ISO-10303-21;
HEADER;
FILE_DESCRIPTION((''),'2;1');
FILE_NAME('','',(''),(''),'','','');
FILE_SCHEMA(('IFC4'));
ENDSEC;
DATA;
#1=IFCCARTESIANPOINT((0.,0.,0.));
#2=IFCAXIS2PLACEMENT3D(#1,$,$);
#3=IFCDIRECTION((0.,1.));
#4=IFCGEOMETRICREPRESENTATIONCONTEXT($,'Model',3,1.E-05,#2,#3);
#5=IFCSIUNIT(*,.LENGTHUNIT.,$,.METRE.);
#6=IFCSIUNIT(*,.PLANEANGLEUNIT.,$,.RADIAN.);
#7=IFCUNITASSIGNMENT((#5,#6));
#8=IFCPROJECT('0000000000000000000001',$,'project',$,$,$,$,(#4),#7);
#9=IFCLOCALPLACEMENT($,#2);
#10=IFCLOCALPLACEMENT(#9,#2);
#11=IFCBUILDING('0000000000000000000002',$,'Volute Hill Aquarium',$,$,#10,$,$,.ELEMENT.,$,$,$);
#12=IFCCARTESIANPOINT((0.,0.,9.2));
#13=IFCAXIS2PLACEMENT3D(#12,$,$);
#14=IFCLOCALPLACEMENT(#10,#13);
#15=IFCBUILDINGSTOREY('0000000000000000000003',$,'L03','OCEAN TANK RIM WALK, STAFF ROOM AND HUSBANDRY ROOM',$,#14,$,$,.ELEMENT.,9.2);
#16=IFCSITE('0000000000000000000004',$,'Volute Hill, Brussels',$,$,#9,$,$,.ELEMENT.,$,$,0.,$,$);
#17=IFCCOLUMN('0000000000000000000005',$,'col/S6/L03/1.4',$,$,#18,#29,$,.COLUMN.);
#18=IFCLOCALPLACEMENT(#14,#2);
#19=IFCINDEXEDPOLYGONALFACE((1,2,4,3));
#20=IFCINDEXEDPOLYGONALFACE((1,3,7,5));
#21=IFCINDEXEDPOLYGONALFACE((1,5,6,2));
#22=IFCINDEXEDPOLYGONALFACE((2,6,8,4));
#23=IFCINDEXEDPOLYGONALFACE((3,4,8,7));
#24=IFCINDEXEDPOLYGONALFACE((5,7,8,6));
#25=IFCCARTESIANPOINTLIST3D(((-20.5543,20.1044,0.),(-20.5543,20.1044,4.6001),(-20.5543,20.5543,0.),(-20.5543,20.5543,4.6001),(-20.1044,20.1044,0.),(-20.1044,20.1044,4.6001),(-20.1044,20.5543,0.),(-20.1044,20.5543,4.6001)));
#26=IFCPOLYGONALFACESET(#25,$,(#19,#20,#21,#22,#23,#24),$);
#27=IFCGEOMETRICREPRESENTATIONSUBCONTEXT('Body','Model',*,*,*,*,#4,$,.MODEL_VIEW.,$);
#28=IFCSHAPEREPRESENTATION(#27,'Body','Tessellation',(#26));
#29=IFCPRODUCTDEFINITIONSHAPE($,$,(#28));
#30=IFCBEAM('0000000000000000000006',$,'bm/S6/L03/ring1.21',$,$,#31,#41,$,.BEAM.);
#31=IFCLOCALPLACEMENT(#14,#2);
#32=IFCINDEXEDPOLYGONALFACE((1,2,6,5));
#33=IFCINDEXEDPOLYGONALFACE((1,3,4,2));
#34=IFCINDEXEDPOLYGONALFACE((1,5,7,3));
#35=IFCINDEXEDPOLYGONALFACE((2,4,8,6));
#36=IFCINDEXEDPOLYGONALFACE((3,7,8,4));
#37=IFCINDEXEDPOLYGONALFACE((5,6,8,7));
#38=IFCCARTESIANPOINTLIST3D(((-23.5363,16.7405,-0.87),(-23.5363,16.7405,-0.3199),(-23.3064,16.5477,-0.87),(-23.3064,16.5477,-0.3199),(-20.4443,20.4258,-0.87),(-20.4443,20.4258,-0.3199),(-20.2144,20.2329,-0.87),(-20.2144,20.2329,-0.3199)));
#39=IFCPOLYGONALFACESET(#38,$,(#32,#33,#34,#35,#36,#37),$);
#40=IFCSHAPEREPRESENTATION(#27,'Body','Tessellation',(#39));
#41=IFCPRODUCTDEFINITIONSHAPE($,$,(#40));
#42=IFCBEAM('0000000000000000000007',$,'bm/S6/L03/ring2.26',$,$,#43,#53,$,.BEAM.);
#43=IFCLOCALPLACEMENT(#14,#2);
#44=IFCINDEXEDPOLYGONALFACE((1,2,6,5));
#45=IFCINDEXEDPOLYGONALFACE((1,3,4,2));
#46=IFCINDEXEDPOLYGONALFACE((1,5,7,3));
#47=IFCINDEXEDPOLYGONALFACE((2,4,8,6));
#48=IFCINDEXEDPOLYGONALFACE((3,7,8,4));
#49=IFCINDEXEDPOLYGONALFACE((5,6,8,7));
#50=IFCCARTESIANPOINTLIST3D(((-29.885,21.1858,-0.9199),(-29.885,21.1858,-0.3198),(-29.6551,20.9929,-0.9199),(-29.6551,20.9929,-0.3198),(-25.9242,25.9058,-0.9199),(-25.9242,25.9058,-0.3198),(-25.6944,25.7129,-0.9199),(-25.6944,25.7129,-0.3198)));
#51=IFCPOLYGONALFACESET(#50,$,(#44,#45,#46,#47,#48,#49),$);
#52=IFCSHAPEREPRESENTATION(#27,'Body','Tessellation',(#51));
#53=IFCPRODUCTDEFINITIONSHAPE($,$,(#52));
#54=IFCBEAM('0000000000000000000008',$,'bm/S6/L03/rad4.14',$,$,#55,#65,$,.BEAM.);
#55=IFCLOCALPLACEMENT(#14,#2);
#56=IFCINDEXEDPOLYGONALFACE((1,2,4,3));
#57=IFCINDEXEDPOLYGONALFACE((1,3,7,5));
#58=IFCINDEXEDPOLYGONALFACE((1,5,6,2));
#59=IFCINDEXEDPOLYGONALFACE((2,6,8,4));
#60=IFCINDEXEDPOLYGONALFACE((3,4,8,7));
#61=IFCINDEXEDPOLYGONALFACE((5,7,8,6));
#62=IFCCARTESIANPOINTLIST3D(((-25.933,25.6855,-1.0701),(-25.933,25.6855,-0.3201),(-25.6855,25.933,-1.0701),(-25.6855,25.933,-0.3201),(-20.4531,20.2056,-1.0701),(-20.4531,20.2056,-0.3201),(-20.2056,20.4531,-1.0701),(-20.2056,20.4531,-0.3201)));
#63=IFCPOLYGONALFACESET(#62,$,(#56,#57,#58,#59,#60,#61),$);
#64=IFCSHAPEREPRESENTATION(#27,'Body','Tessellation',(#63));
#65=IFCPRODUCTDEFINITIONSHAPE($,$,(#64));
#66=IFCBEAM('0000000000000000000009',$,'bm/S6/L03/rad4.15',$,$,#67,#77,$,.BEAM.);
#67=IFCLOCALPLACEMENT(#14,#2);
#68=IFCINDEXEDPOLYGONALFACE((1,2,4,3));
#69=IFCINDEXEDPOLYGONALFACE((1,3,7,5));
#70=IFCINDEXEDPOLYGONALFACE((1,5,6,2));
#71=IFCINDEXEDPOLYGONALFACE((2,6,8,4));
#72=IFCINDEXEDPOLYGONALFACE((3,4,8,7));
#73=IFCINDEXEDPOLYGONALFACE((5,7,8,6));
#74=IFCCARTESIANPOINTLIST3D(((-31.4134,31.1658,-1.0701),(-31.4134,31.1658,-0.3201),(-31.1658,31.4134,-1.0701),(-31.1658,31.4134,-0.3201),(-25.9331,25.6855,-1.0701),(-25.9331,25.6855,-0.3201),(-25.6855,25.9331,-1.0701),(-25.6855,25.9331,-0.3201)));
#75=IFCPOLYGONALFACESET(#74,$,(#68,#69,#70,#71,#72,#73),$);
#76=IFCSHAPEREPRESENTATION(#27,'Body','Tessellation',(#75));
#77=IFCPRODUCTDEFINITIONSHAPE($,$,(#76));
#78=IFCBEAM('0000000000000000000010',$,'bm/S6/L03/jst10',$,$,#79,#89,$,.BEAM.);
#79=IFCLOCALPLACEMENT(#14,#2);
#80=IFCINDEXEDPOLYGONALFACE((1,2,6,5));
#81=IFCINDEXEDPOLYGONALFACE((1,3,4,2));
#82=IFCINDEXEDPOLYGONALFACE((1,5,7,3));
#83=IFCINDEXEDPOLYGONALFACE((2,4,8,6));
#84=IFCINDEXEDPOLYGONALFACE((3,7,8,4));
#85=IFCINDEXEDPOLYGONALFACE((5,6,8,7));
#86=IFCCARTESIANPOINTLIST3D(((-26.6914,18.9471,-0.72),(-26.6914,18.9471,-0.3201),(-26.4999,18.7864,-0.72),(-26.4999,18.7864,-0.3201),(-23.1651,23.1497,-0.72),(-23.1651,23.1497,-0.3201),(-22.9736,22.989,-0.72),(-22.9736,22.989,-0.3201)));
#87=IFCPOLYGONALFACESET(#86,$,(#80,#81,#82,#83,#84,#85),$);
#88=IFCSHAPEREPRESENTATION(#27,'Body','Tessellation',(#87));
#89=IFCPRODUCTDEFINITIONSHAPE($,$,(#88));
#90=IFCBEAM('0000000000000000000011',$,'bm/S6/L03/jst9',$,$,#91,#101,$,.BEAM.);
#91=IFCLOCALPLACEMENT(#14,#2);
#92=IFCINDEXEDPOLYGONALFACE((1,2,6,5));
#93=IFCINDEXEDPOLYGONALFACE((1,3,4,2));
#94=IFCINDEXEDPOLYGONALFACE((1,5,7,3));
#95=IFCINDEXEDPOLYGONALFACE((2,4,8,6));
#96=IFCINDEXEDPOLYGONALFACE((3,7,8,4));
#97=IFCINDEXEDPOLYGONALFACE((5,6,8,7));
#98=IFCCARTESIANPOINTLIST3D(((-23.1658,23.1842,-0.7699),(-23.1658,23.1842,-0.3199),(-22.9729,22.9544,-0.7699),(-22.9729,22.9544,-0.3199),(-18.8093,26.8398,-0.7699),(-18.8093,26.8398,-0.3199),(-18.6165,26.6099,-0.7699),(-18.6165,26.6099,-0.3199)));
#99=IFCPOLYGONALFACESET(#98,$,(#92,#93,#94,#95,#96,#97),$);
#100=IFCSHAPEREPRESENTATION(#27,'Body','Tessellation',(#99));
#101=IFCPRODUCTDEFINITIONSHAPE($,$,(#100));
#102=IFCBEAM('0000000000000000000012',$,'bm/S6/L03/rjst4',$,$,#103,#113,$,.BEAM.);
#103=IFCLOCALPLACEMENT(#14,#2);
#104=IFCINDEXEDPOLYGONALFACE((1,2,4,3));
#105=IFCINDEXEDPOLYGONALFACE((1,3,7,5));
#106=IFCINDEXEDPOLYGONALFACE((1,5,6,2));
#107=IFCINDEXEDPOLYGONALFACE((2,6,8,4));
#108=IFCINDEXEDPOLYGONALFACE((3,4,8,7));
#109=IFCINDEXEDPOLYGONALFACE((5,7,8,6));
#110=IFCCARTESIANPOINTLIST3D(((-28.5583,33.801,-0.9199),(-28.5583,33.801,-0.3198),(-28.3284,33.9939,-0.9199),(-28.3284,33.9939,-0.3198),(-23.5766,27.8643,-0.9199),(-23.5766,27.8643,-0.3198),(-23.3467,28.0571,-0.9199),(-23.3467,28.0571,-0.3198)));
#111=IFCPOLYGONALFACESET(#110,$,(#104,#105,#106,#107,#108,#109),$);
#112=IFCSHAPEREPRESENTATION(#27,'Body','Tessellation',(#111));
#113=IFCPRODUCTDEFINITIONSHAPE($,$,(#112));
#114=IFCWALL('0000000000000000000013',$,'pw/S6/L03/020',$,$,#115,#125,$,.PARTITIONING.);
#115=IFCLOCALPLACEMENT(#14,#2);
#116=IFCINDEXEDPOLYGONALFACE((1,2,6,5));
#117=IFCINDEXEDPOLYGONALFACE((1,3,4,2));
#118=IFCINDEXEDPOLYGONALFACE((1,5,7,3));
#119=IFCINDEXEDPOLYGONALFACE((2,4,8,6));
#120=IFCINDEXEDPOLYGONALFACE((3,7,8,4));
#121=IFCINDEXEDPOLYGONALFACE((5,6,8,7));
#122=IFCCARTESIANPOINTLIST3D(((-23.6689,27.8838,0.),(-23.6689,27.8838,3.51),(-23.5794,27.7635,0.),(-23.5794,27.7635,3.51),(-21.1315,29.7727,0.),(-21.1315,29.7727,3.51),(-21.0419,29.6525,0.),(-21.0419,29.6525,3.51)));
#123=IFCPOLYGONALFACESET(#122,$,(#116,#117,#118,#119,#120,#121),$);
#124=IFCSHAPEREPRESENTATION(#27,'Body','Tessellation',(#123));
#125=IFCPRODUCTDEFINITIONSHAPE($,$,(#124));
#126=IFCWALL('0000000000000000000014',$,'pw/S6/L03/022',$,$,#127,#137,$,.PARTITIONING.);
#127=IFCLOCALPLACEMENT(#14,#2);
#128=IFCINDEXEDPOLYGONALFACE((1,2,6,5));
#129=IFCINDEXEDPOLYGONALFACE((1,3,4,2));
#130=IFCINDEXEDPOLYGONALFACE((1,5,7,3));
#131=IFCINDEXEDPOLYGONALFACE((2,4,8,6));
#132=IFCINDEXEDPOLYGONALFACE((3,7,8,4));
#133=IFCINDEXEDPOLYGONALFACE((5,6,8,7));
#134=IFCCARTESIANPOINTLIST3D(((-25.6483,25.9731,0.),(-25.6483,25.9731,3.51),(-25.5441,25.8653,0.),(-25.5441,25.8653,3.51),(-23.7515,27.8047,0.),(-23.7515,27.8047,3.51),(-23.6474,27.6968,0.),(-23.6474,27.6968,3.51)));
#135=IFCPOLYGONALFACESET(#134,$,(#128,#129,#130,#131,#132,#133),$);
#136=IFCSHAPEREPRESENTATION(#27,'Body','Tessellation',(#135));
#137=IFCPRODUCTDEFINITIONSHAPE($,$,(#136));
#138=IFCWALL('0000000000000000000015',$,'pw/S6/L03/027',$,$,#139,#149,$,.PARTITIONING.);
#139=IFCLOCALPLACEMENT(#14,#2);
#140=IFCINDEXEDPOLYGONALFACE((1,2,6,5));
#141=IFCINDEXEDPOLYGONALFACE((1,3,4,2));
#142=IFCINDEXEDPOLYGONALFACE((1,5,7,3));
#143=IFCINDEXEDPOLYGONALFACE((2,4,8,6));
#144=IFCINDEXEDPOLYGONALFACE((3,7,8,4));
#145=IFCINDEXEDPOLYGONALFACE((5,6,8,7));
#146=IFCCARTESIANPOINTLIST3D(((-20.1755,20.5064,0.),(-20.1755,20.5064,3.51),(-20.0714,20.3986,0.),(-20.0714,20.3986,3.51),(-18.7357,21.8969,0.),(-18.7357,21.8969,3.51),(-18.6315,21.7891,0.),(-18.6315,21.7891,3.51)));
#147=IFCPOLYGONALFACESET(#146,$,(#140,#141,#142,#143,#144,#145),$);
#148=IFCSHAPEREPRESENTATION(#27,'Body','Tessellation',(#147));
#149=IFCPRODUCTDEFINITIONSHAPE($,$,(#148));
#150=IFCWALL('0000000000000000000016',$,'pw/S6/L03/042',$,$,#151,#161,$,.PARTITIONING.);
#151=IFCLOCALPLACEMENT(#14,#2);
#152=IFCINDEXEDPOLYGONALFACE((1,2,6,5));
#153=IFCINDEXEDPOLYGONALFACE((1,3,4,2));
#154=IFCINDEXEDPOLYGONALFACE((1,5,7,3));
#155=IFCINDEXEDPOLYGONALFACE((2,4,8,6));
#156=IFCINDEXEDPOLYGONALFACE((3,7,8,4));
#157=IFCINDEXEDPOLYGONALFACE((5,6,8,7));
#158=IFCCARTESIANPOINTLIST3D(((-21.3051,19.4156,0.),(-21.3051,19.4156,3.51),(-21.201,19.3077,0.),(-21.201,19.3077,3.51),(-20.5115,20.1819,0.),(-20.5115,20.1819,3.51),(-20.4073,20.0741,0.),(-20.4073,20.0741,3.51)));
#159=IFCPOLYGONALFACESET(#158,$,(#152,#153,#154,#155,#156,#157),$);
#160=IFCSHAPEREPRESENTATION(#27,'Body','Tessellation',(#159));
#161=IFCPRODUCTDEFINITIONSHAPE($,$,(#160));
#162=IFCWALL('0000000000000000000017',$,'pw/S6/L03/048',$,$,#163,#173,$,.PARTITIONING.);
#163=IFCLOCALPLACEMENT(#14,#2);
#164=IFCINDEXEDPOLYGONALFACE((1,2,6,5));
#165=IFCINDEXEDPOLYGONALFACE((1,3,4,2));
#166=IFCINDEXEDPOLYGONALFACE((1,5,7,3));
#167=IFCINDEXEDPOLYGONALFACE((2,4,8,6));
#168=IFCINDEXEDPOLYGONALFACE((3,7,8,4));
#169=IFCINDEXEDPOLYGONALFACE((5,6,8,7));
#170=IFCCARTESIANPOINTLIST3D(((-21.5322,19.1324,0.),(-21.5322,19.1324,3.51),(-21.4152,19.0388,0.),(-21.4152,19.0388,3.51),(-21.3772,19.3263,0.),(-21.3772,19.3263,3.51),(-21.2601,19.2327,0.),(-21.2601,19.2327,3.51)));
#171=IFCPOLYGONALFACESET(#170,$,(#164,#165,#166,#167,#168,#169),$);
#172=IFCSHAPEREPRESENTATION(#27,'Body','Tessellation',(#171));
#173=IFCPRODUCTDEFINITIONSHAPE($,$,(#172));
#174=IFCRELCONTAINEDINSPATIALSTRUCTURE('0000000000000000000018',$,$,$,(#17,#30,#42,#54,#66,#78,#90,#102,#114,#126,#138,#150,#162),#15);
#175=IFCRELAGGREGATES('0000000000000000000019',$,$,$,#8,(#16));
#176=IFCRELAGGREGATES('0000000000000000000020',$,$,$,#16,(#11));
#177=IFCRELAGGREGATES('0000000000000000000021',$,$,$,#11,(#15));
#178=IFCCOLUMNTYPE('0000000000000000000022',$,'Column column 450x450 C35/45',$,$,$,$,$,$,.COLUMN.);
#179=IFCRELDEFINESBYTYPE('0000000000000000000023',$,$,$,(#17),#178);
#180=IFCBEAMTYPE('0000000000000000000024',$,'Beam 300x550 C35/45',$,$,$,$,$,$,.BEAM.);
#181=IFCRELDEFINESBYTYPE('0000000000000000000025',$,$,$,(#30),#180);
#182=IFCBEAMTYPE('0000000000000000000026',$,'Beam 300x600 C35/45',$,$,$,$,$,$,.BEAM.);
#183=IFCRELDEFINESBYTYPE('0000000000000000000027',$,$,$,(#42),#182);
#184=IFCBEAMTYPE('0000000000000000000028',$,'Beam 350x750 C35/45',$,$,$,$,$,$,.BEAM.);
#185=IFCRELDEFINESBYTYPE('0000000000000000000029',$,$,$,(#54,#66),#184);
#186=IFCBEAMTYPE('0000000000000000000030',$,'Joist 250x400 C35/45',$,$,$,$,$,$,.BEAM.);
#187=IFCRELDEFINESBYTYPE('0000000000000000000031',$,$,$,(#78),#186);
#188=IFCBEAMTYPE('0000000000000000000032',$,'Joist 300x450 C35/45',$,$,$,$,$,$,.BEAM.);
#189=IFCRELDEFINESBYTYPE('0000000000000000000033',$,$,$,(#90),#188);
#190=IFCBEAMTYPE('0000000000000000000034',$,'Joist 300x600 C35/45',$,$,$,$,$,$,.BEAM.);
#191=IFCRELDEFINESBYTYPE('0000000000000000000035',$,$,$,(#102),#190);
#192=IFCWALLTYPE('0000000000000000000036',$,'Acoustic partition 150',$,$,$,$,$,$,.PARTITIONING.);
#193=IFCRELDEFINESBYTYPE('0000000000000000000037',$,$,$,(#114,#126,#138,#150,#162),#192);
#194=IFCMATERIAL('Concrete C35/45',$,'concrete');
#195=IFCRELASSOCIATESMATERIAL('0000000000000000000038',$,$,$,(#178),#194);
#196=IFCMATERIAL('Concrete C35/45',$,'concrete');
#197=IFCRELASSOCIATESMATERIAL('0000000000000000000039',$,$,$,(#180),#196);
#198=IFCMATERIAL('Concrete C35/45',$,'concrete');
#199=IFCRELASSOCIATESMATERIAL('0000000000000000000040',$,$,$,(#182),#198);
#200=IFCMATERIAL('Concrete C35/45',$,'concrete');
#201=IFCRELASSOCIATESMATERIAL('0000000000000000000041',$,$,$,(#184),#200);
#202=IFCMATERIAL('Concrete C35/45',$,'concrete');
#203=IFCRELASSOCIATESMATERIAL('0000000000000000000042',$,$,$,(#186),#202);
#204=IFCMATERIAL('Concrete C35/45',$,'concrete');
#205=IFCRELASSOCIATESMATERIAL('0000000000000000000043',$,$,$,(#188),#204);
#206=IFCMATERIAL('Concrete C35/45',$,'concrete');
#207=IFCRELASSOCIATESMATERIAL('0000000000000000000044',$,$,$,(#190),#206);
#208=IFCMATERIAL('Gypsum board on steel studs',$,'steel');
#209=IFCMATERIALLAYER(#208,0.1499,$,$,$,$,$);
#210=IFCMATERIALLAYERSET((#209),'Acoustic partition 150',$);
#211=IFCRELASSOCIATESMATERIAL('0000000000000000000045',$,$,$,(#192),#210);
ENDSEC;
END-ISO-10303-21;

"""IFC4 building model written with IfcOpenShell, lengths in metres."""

from ifc_helpers import new_model, si_unit, direction, frame, frame_2d, origin, origin_2d, place, context, subcontext, project, spatial, rectangle, extrude, material, layer, layer_set, material_profile, profile_set, type_object, element, save


model = new_model("IFC4")

# Units and contexts
model_context = context("Model", 3, precision=1e-05, world=origin(), true_north=direction((0.0, 1.0)))
body_context = subcontext(model_context, "Body", "Model", "MODEL_VIEW")
ifc_project = project(units=[si_unit("LENGTHUNIT", "METRE"), si_unit("PLANEANGLEUNIT", "RADIAN")], contexts=[model_context])

# Site, building, storey
site_placement = place(None, origin())
site = spatial("IfcSite", under=ifc_project, at=site_placement, Name="Volute Hill, Brussels", CompositionType="ELEMENT", RefElevation=0.0)
building_placement = place(site_placement, origin())
building = spatial("IfcBuilding", under=site, at=building_placement, Name="Volute Hill Aquarium", CompositionType="ELEMENT")
storey_placement = place(building_placement, frame((0.0, 0.0, 9.2)))
storey = spatial("IfcBuildingStorey", under=building, at=storey_placement, Name="L03", Description="OCEAN TANK RIM WALK, STAFF ROOM AND HUSBANDRY ROOM", CompositionType="ELEMENT", Elevation=9.2)

# Column
ifc_material_1 = material(Name="Concrete C35/45", Category="concrete")
ifc_material_profile_1 = material_profile(ifc_material_1, rectangle(XDim=0.45, YDim=0.45, at=origin_2d()), Name="RC column 450x450")
ifc_profile_set_1 = profile_set([ifc_material_profile_1], Name="Concrete C35/45")
column_type = type_object("IfcColumnType", Name="Column column 450x450 C35/45", PredefinedType="COLUMN", material=ifc_profile_set_1)
column_placement = place(storey_placement, frame((-20.3293, 20.3293, 0.0), z_axis=(0.0, 0.0, 1.0), x_axis=(1.0, 0.0, 0.0)))
element("IfcColumn", 1, at=column_placement, inside=storey, type_object=column_type, Name="col/S6/L03/1.4", PredefinedType="COLUMN", context=body_context, shape_type="SweptSolid", body=[
    extrude(rectangle(XDim=0.45, YDim=0.45, at=origin_2d()), origin(), (0.0, 0.0, 1.0), 4.6001),
])

# Beams
ifc_material_2 = material(Name="Concrete C35/45", Category="concrete")
ifc_material_profile_2 = material_profile(ifc_material_2, rectangle(XDim=0.3, YDim=0.55, at=origin_2d()), Name="RC beam 300x550")
ifc_profile_set_2 = profile_set([ifc_material_profile_2], Name="Concrete C35/45")
beam_type_1 = type_object("IfcBeamType", Name="Beam 300x550 C35/45", PredefinedType="BEAM", material=ifc_profile_set_2)
beam_1_placement = place(storey_placement, frame((-20.3293, 20.3293, -0.595), z_axis=(-0.642752, -0.766075, 0.0), x_axis=(0.766075, -0.642752, 0.0)))
element("IfcBeam", 2, at=beam_1_placement, inside=storey, type_object=beam_type_1, Name="bm/S6/L03/ring1.21", PredefinedType="BEAM", context=body_context, shape_type="SweptSolid", body=[
    extrude(rectangle(XDim=0.3, YDim=0.55, at=origin_2d()), origin(), (0.0, 0.0, 1.0), 4.8105),
])
ifc_material_3 = material(Name="Concrete C35/45", Category="concrete")
ifc_material_profile_3 = material_profile(ifc_material_3, rectangle(XDim=0.3, YDim=0.6001, at=origin_2d()), Name="RC beam 300x600")
ifc_profile_set_3 = profile_set([ifc_material_profile_3], Name="Concrete C35/45")
beam_type_2 = type_object("IfcBeamType", Name="Beam 300x600 C35/45", PredefinedType="BEAM", material=ifc_profile_set_3)
beam_2_placement = place(storey_placement, frame((-25.8093, 25.8093, -0.6199), z_axis=(-0.642804, -0.766031, 0.0), x_axis=(0.766031, -0.642804, 0.0)))
element("IfcBeam", 3, at=beam_2_placement, inside=storey, type_object=beam_type_2, Name="bm/S6/L03/ring2.26", PredefinedType="BEAM", context=body_context, shape_type="SweptSolid", body=[
    extrude(rectangle(XDim=0.3, YDim=0.6001, at=origin_2d()), origin(), (0.0, 0.0, 1.0), 6.1616),
])
ifc_material_4 = material(Name="Concrete C35/45", Category="concrete")
ifc_material_profile_4 = material_profile(ifc_material_4, rectangle(XDim=0.3501, YDim=0.75, at=origin_2d()), Name="RC beam 350x750")
ifc_profile_set_4 = profile_set([ifc_material_profile_4], Name="Concrete C35/45")
beam_type_3 = type_object("IfcBeamType", Name="Beam 350x750 C35/45", PredefinedType="BEAM", material=ifc_profile_set_4)
beam_3_placement = place(storey_placement, frame((-20.3293, 20.3293, -0.6951), z_axis=(-0.707107, 0.707107, 0.0), x_axis=(-0.707107, -0.707107, 0.0)))
element("IfcBeam", 4, at=beam_3_placement, inside=storey, type_object=beam_type_3, Name="bm/S6/L03/rad4.14", PredefinedType="BEAM", context=body_context, shape_type="SweptSolid", body=[
    extrude(rectangle(XDim=0.3501, YDim=0.75, at=origin_2d()), origin(), (0.0, 0.0, 1.0), 7.7498),
])
beam_4_placement = place(storey_placement, frame((-25.8093, 25.8093, -0.6951), z_axis=(-0.707107, 0.707107, 0.0), x_axis=(-0.707107, -0.707107, 0.0)))
element("IfcBeam", 5, at=beam_4_placement, inside=storey, type_object=beam_type_3, Name="bm/S6/L03/rad4.15", PredefinedType="BEAM", context=body_context, shape_type="SweptSolid", body=[
    extrude(rectangle(XDim=0.3501, YDim=0.75, at=origin_2d()), origin(), (0.0, 0.0, 1.0), 7.7502),
])
ifc_material_5 = material(Name="Concrete C35/45", Category="concrete")
ifc_material_profile_5 = material_profile(ifc_material_5, rectangle(XDim=0.25, YDim=0.3999, at=origin_2d()), Name="RC joist 250x400")
ifc_profile_set_5 = profile_set([ifc_material_profile_5], Name="Concrete C35/45")
beam_type_4 = type_object("IfcBeamType", Name="Joist 250x400 C35/45", PredefinedType="BEAM", material=ifc_profile_set_5)
beam_5_placement = place(storey_placement, frame((-23.0693, 23.0693, -0.52), z_axis=(-0.642781, -0.76605, 0.0), x_axis=(0.76605, -0.642781, 0.0)))
element("IfcBeam", 6, at=beam_5_placement, inside=storey, type_object=beam_type_4, Name="bm/S6/L03/jst10", PredefinedType="BEAM", context=body_context, shape_type="SweptSolid", body=[
    extrude(rectangle(XDim=0.25, YDim=0.3999, at=origin_2d()), origin(), (0.0, 0.0, 1.0), 5.4861),
])
ifc_material_6 = material(Name="Concrete C35/45", Category="concrete")
ifc_material_profile_6 = material_profile(ifc_material_6, rectangle(XDim=0.3, YDim=0.45, at=origin_2d()), Name="RC joist 300x450")
ifc_profile_set_6 = profile_set([ifc_material_profile_6], Name="Concrete C35/45")
beam_type_5 = type_object("IfcBeamType", Name="Joist 300x450 C35/45", PredefinedType="BEAM", material=ifc_profile_set_6)
beam_6_placement = place(storey_placement, frame((-18.7129, 26.7249, -0.5449), z_axis=(-0.766042, -0.64279, 0.0), x_axis=(0.64279, -0.766042, 0.0)))
element("IfcBeam", 7, at=beam_6_placement, inside=storey, type_object=beam_type_5, Name="bm/S6/L03/jst9", PredefinedType="BEAM", context=body_context, shape_type="SweptSolid", body=[
    extrude(rectangle(XDim=0.3, YDim=0.45, at=origin_2d()), origin(), (0.0, 0.0, 1.0), 5.687),
])
ifc_material_7 = material(Name="Concrete C35/45", Category="concrete")
ifc_material_profile_7 = material_profile(ifc_material_7, rectangle(XDim=0.3, YDim=0.6001, at=origin_2d()), Name="RC joist 300x600")
ifc_profile_set_7 = profile_set([ifc_material_profile_7], Name="Concrete C35/45")
beam_type_6 = type_object("IfcBeamType", Name="Joist 300x600 C35/45", PredefinedType="BEAM", material=ifc_profile_set_7)
beam_7_placement = place(storey_placement, frame((-23.4617, 27.9607, -0.6199), z_axis=(-0.642799, 0.766035, 0.0), x_axis=(-0.766035, -0.642799, 0.0)))
element("IfcBeam", 8, at=beam_7_placement, inside=storey, type_object=beam_type_6, Name="bm/S6/L03/rjst4", PredefinedType="BEAM", context=body_context, shape_type="SweptSolid", body=[
    extrude(rectangle(XDim=0.3, YDim=0.6001, at=origin_2d()), origin(), (0.0, 0.0, 1.0), 7.75),
])

# Walls
ifc_material_8 = material(Name="Gypsum board on steel studs", Category="steel")
ifc_layer_1 = layer(ifc_material_8, 0.1499)
ifc_layer_set_1 = layer_set([ifc_layer_1], Name="Acoustic partition 150")
wall_type_1 = type_object("IfcWallType", Name="Acoustic partition 150", PredefinedType="PARTITIONING", material=ifc_layer_set_1)
wall_1_placement = place(storey_placement, frame((-23.624, 27.8237, 0.0), z_axis=(0.0, 0.0, 1.0), x_axis=(0.802134, 0.597144, 0.0)))
element("IfcWall", 9, at=wall_1_placement, inside=storey, type_object=wall_type_1, Name="pw/S6/L03/020", PredefinedType="PARTITIONING", context=body_context, shape_type="SweptSolid", body=[
    extrude(rectangle(XDim=3.1633, YDim=0.1499, at=frame_2d((1.5815, 0.0))), origin(), (0.0, 0.0, 1.0), 3.51),
])
wall_2_placement = place(storey_placement, frame((-25.5962, 25.9192, 0.0), z_axis=(0.0, 0.0, 1.0), x_axis=(0.71936, 0.694637, 0.0)))
element("IfcWall", 10, at=wall_2_placement, inside=storey, type_object=wall_type_1, Name="pw/S6/L03/022", PredefinedType="PARTITIONING", context=body_context, shape_type="SweptSolid", body=[
    extrude(rectangle(XDim=2.6367, YDim=0.1499, at=frame_2d((1.3184, 0.0))), origin(), (0.0, 0.0, 1.0), 3.51),
])
wall_3_placement = place(storey_placement, frame((-20.1235, 20.4524, 0.0), z_axis=(0.0, 0.0, 1.0), x_axis=(0.719317, 0.694682, 0.0)))
element("IfcWall", 11, at=wall_3_placement, inside=storey, type_object=wall_type_1, Name="pw/S6/L03/027", PredefinedType="PARTITIONING", context=body_context, shape_type="SweptSolid", body=[
    extrude(rectangle(XDim=2.0017, YDim=0.1499, at=frame_2d((1.001, 0.0))), origin(), (0.0, 0.0, 1.0), 3.51),
])
wall_4_placement = place(storey_placement, frame((-21.2532, 19.3616, 0.0), z_axis=(0.0, 0.0, 1.0), x_axis=(0.71939, 0.694606, 0.0)))
element("IfcWall", 12, at=wall_4_placement, inside=storey, type_object=wall_type_1, Name="pw/S6/L03/042", PredefinedType="PARTITIONING", context=body_context, shape_type="SweptSolid", body=[
    extrude(rectangle(XDim=1.1033, YDim=0.1499, at=frame_2d((0.5518, 0.0))), origin(), (0.0, 0.0, 1.0), 3.51),
])
wall_5_placement = place(storey_placement, frame((-21.4736, 19.0857, 0.0), z_axis=(0.0, 0.0, 1.0), x_axis=(0.624575, 0.780965, 0.0)))
element("IfcWall", 13, at=wall_5_placement, inside=storey, type_object=wall_type_1, Name="pw/S6/L03/048", PredefinedType="PARTITIONING", context=body_context, shape_type="SweptSolid", body=[
    extrude(rectangle(XDim=0.2483, YDim=0.1499, at=frame_2d((0.124, 0.0))), origin(), (0.0, 0.0, 1.0), 3.51),
])

save(model, "model.ifc")
